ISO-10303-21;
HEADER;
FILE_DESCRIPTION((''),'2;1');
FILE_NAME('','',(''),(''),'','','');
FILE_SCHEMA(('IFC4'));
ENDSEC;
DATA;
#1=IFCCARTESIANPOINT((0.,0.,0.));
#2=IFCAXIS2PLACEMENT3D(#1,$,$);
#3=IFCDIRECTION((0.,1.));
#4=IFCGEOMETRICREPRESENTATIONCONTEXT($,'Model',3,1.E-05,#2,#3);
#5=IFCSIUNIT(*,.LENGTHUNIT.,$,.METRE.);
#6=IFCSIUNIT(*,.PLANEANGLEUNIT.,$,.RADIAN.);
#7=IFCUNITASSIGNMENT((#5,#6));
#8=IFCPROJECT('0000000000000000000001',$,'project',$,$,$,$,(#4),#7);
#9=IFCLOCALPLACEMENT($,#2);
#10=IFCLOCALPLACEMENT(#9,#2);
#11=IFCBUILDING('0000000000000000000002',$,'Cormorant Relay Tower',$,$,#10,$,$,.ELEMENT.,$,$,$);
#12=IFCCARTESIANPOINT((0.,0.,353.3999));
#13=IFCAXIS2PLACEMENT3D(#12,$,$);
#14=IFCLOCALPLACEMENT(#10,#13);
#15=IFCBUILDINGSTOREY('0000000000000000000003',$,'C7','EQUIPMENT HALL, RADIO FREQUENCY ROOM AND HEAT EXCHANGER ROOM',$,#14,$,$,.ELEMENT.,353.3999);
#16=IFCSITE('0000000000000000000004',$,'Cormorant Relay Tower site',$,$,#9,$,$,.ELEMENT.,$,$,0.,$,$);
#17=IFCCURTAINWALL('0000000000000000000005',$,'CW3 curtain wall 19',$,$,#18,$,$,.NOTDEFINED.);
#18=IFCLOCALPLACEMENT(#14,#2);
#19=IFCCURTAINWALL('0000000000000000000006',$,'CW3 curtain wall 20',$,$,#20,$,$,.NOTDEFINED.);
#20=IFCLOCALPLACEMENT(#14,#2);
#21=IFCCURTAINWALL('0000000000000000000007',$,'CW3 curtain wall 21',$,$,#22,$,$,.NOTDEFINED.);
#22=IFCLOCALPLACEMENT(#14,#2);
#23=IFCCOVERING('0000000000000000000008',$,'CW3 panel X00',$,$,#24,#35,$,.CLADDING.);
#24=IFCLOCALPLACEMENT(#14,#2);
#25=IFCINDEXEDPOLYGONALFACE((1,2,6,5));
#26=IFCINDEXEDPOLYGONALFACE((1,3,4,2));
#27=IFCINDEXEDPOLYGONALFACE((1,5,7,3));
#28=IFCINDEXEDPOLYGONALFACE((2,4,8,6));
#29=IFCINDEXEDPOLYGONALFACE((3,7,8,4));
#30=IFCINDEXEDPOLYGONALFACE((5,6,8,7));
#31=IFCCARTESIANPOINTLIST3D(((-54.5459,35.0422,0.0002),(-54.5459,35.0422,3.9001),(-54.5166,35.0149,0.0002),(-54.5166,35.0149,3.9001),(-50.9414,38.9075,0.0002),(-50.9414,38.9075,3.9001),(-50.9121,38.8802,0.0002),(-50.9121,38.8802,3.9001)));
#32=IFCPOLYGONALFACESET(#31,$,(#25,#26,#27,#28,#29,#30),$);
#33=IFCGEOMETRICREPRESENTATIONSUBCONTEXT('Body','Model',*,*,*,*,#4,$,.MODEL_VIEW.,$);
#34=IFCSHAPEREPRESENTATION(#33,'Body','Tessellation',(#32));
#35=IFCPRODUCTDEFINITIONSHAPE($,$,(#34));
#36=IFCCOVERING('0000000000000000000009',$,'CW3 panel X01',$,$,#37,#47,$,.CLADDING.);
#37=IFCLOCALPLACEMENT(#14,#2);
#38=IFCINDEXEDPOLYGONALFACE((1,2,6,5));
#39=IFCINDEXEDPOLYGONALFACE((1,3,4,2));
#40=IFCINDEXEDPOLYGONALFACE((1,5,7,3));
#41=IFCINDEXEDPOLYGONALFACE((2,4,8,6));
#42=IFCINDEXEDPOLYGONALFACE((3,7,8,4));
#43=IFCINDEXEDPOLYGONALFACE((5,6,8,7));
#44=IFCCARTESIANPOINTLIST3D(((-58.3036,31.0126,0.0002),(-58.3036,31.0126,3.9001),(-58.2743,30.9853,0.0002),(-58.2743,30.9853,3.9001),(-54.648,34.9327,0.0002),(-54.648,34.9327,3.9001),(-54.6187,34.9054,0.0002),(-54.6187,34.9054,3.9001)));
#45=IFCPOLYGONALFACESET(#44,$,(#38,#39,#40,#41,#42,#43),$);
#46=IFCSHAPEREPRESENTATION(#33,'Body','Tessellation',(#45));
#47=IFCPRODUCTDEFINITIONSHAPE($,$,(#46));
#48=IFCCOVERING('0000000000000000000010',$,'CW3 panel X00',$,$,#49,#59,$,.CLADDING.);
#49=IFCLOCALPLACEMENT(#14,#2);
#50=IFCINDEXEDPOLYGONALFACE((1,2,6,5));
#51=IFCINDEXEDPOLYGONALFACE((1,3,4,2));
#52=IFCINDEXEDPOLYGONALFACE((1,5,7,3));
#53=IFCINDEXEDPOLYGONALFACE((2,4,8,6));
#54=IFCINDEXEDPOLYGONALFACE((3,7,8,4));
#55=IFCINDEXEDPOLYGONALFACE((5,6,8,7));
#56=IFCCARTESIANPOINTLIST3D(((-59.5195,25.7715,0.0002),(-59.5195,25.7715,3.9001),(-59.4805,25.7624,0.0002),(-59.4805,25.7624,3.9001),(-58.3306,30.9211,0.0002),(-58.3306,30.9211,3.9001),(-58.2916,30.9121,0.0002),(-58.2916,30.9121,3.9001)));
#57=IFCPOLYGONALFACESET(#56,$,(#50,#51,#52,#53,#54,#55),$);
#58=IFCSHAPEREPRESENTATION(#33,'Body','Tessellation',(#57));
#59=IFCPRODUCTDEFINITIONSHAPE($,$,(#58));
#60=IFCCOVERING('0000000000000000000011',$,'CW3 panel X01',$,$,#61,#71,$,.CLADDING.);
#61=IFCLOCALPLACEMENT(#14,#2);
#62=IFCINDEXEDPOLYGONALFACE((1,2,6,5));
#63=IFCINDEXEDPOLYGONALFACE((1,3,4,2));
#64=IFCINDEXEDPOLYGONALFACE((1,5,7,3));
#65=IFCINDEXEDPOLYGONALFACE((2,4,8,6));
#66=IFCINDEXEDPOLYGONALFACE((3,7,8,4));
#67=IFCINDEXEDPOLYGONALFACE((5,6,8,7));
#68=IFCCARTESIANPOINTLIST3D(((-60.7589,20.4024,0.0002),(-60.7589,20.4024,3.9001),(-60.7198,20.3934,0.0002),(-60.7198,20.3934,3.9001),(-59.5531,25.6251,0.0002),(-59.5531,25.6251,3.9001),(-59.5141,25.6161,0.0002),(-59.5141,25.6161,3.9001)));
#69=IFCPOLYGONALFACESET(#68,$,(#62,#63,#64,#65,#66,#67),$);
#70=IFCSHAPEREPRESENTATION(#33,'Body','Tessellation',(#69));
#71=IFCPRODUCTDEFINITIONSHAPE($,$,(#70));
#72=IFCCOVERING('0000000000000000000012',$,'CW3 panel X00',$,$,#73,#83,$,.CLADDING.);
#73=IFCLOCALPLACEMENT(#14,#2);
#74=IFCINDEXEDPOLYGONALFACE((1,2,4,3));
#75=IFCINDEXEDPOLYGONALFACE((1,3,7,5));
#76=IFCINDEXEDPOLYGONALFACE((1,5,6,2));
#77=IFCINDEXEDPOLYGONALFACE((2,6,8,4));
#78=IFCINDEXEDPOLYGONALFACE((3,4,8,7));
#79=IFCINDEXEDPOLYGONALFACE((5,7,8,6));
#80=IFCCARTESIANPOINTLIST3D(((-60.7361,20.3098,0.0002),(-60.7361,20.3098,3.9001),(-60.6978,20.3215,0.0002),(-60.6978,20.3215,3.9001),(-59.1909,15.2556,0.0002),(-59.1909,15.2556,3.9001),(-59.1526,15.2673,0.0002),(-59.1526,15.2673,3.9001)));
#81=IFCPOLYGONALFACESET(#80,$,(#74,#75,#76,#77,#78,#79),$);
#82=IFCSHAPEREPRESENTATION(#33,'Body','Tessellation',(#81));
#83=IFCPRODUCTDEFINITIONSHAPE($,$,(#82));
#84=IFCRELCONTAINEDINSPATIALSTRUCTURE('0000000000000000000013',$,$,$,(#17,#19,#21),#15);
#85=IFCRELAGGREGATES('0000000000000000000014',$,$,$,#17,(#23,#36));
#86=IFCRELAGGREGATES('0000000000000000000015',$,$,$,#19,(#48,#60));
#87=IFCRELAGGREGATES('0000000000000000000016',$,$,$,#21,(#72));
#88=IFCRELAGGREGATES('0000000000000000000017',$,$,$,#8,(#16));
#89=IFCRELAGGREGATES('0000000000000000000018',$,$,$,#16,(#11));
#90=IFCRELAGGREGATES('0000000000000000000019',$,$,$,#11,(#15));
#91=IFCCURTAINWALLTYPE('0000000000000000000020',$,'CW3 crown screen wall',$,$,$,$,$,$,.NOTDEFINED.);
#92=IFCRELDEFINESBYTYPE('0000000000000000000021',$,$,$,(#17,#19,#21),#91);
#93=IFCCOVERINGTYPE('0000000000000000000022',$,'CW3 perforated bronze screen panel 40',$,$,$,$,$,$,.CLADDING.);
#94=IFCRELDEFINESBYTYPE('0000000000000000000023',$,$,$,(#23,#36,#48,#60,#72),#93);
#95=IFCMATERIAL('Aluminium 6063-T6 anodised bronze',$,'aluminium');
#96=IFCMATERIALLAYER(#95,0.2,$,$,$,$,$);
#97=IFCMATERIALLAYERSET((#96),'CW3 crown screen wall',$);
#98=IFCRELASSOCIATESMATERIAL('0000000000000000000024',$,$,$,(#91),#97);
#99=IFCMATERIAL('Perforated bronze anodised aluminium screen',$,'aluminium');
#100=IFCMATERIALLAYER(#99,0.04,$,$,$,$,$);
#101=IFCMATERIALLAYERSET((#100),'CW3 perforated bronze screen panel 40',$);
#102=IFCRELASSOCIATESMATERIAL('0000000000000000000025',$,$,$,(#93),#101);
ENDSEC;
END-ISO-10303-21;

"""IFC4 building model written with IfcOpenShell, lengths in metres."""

from ifc_helpers import new_model, si_unit, direction, frame, origin, origin_2d, place, context, subcontext, project, spatial, rectangle, extrude, material, layer, layer_set, type_object, element, aggregate, save


model = new_model("IFC4")

# Units and contexts
model_context = context("Model", 3, precision=1e-05, world=origin(), true_north=direction((0.0, 1.0)))
body_context = subcontext(model_context, "Body", "Model", "MODEL_VIEW")
ifc_project = project(units=[si_unit("LENGTHUNIT", "METRE"), si_unit("PLANEANGLEUNIT", "RADIAN")], contexts=[model_context])

# Site, building, storey
site_placement = place(None, origin())
site = spatial("IfcSite", under=ifc_project, at=site_placement, Name="Cormorant Relay Tower site", CompositionType="ELEMENT", RefElevation=0.0)
building_placement = place(site_placement, origin())
building = spatial("IfcBuilding", under=site, at=building_placement, Name="Cormorant Relay Tower", CompositionType="ELEMENT")
storey_placement = place(building_placement, frame((0.0, 0.0, 353.3999)))
storey = spatial("IfcBuildingStorey", under=building, at=storey_placement, Name="C7", Description="EQUIPMENT HALL, RADIO FREQUENCY ROOM AND HEAT EXCHANGER ROOM", CompositionType="ELEMENT", Elevation=353.3999)

# Curtain walls
ifc_material_1 = material(Name="Aluminium 6063-T6 anodised bronze", Category="aluminium")
ifc_layer_1 = layer(ifc_material_1, 0.2)
ifc_layer_set_1 = layer_set([ifc_layer_1], Name="CW3 crown screen wall")
curtain_wall_type = type_object("IfcCurtainWallType", Name="CW3 crown screen wall", PredefinedType="NOTDEFINED", material=ifc_layer_set_1)
curtain_wall_1_placement = place(storey_placement, origin())
curtain_wall_1 = element("IfcCurtainWall", 1, at=curtain_wall_1_placement, inside=storey, type_object=curtain_wall_type, Name="CW3 curtain wall 19", PredefinedType="NOTDEFINED")
curtain_wall_2_placement = place(storey_placement, origin())
curtain_wall_2 = element("IfcCurtainWall", 2, at=curtain_wall_2_placement, inside=storey, type_object=curtain_wall_type, Name="CW3 curtain wall 20", PredefinedType="NOTDEFINED")

# Curtain wall
curtain_wall_3_placement = place(storey_placement, origin())
curtain_wall_3 = element("IfcCurtainWall", 3, at=curtain_wall_3_placement, inside=storey, type_object=curtain_wall_type, Name="CW3 curtain wall 21", PredefinedType="NOTDEFINED")

# Shared definitions
ifc_material_2 = material(Name="Perforated bronze anodised aluminium screen", Category="aluminium")
ifc_layer_2 = layer(ifc_material_2, 0.04)
ifc_layer_set_2 = layer_set([ifc_layer_2], Name="CW3 perforated bronze screen panel 40")
covering_type = type_object("IfcCoveringType", Name="CW3 perforated bronze screen panel 40", PredefinedType="CLADDING", material=ifc_layer_set_2)

# Coverings
covering_1_placement = place(storey_placement, frame((-52.729, 36.9612, 0.0002), z_axis=(0.0, 0.0, 1.0), x_axis=(-0.681998, -0.731354, 0.0)))
covering_1 = element("IfcCovering", 4, at=covering_1_placement, type_object=covering_type, Name="CW3 panel X00", PredefinedType="CLADDING", context=body_context, shape_type="SweptSolid", body=[
    extrude(rectangle(XDim=5.2852, YDim=0.04, at=origin_2d()), origin(), (0.0, 0.0, 1.0), 3.8999),
])
covering_2_placement = place(storey_placement, frame((-56.4612, 32.959, 0.0002), z_axis=(0.0, 0.0, 1.0), x_axis=(-0.681998, -0.731354, 0.0)))
covering_2 = element("IfcCovering", 5, at=covering_2_placement, type_object=covering_type, Name="CW3 panel X01", PredefinedType="CLADDING", context=body_context, shape_type="SweptSolid", body=[
    extrude(rectangle(XDim=5.3601, YDim=0.04, at=origin_2d()), origin(), (0.0, 0.0, 1.0), 3.8999),
])
aggregate(curtain_wall_1, [covering_1, covering_2])
covering_3_placement = place(storey_placement, frame((-58.9055, 28.3418, 0.0002), z_axis=(0.0, 0.0, 1.0), x_axis=(-0.224951, -0.97437, 0.0)))
covering_3 = element("IfcCovering", 6, at=covering_3_placement, type_object=covering_type, Name="CW3 panel X00", PredefinedType="CLADDING", context=body_context, shape_type="SweptSolid", body=[
    extrude(rectangle(XDim=5.2852, YDim=0.04, at=origin_2d()), origin(), (0.0, 0.0, 1.0), 3.8999),
])
covering_4_placement = place(storey_placement, frame((-60.1365, 23.0093, 0.0002), z_axis=(0.0, 0.0, 1.0), x_axis=(-0.224951, -0.97437, 0.0)))
covering_4 = element("IfcCovering", 7, at=covering_4_placement, type_object=covering_type, Name="CW3 panel X01", PredefinedType="CLADDING", context=body_context, shape_type="SweptSolid", body=[
    extrude(rectangle(XDim=5.3601, YDim=0.04, at=origin_2d()), origin(), (0.0, 0.0, 1.0), 3.8999),
])
aggregate(curtain_wall_2, [covering_3, covering_4])
covering_5_placement = place(storey_placement, frame((-59.9443, 17.7886, 0.0002), z_axis=(0.0, 0.0, 1.0), x_axis=(0.292372, -0.956305, 0.0)))
covering_5 = element("IfcCovering", 8, at=covering_5_placement, type_object=covering_type, Name="CW3 panel X00", PredefinedType="CLADDING", context=body_context, shape_type="SweptSolid", body=[
    extrude(rectangle(XDim=5.2852, YDim=0.04, at=origin_2d()), origin(), (0.0, 0.0, 1.0), 3.8999),
])
aggregate(curtain_wall_3, [covering_5])

save(model, "model.ifc")
